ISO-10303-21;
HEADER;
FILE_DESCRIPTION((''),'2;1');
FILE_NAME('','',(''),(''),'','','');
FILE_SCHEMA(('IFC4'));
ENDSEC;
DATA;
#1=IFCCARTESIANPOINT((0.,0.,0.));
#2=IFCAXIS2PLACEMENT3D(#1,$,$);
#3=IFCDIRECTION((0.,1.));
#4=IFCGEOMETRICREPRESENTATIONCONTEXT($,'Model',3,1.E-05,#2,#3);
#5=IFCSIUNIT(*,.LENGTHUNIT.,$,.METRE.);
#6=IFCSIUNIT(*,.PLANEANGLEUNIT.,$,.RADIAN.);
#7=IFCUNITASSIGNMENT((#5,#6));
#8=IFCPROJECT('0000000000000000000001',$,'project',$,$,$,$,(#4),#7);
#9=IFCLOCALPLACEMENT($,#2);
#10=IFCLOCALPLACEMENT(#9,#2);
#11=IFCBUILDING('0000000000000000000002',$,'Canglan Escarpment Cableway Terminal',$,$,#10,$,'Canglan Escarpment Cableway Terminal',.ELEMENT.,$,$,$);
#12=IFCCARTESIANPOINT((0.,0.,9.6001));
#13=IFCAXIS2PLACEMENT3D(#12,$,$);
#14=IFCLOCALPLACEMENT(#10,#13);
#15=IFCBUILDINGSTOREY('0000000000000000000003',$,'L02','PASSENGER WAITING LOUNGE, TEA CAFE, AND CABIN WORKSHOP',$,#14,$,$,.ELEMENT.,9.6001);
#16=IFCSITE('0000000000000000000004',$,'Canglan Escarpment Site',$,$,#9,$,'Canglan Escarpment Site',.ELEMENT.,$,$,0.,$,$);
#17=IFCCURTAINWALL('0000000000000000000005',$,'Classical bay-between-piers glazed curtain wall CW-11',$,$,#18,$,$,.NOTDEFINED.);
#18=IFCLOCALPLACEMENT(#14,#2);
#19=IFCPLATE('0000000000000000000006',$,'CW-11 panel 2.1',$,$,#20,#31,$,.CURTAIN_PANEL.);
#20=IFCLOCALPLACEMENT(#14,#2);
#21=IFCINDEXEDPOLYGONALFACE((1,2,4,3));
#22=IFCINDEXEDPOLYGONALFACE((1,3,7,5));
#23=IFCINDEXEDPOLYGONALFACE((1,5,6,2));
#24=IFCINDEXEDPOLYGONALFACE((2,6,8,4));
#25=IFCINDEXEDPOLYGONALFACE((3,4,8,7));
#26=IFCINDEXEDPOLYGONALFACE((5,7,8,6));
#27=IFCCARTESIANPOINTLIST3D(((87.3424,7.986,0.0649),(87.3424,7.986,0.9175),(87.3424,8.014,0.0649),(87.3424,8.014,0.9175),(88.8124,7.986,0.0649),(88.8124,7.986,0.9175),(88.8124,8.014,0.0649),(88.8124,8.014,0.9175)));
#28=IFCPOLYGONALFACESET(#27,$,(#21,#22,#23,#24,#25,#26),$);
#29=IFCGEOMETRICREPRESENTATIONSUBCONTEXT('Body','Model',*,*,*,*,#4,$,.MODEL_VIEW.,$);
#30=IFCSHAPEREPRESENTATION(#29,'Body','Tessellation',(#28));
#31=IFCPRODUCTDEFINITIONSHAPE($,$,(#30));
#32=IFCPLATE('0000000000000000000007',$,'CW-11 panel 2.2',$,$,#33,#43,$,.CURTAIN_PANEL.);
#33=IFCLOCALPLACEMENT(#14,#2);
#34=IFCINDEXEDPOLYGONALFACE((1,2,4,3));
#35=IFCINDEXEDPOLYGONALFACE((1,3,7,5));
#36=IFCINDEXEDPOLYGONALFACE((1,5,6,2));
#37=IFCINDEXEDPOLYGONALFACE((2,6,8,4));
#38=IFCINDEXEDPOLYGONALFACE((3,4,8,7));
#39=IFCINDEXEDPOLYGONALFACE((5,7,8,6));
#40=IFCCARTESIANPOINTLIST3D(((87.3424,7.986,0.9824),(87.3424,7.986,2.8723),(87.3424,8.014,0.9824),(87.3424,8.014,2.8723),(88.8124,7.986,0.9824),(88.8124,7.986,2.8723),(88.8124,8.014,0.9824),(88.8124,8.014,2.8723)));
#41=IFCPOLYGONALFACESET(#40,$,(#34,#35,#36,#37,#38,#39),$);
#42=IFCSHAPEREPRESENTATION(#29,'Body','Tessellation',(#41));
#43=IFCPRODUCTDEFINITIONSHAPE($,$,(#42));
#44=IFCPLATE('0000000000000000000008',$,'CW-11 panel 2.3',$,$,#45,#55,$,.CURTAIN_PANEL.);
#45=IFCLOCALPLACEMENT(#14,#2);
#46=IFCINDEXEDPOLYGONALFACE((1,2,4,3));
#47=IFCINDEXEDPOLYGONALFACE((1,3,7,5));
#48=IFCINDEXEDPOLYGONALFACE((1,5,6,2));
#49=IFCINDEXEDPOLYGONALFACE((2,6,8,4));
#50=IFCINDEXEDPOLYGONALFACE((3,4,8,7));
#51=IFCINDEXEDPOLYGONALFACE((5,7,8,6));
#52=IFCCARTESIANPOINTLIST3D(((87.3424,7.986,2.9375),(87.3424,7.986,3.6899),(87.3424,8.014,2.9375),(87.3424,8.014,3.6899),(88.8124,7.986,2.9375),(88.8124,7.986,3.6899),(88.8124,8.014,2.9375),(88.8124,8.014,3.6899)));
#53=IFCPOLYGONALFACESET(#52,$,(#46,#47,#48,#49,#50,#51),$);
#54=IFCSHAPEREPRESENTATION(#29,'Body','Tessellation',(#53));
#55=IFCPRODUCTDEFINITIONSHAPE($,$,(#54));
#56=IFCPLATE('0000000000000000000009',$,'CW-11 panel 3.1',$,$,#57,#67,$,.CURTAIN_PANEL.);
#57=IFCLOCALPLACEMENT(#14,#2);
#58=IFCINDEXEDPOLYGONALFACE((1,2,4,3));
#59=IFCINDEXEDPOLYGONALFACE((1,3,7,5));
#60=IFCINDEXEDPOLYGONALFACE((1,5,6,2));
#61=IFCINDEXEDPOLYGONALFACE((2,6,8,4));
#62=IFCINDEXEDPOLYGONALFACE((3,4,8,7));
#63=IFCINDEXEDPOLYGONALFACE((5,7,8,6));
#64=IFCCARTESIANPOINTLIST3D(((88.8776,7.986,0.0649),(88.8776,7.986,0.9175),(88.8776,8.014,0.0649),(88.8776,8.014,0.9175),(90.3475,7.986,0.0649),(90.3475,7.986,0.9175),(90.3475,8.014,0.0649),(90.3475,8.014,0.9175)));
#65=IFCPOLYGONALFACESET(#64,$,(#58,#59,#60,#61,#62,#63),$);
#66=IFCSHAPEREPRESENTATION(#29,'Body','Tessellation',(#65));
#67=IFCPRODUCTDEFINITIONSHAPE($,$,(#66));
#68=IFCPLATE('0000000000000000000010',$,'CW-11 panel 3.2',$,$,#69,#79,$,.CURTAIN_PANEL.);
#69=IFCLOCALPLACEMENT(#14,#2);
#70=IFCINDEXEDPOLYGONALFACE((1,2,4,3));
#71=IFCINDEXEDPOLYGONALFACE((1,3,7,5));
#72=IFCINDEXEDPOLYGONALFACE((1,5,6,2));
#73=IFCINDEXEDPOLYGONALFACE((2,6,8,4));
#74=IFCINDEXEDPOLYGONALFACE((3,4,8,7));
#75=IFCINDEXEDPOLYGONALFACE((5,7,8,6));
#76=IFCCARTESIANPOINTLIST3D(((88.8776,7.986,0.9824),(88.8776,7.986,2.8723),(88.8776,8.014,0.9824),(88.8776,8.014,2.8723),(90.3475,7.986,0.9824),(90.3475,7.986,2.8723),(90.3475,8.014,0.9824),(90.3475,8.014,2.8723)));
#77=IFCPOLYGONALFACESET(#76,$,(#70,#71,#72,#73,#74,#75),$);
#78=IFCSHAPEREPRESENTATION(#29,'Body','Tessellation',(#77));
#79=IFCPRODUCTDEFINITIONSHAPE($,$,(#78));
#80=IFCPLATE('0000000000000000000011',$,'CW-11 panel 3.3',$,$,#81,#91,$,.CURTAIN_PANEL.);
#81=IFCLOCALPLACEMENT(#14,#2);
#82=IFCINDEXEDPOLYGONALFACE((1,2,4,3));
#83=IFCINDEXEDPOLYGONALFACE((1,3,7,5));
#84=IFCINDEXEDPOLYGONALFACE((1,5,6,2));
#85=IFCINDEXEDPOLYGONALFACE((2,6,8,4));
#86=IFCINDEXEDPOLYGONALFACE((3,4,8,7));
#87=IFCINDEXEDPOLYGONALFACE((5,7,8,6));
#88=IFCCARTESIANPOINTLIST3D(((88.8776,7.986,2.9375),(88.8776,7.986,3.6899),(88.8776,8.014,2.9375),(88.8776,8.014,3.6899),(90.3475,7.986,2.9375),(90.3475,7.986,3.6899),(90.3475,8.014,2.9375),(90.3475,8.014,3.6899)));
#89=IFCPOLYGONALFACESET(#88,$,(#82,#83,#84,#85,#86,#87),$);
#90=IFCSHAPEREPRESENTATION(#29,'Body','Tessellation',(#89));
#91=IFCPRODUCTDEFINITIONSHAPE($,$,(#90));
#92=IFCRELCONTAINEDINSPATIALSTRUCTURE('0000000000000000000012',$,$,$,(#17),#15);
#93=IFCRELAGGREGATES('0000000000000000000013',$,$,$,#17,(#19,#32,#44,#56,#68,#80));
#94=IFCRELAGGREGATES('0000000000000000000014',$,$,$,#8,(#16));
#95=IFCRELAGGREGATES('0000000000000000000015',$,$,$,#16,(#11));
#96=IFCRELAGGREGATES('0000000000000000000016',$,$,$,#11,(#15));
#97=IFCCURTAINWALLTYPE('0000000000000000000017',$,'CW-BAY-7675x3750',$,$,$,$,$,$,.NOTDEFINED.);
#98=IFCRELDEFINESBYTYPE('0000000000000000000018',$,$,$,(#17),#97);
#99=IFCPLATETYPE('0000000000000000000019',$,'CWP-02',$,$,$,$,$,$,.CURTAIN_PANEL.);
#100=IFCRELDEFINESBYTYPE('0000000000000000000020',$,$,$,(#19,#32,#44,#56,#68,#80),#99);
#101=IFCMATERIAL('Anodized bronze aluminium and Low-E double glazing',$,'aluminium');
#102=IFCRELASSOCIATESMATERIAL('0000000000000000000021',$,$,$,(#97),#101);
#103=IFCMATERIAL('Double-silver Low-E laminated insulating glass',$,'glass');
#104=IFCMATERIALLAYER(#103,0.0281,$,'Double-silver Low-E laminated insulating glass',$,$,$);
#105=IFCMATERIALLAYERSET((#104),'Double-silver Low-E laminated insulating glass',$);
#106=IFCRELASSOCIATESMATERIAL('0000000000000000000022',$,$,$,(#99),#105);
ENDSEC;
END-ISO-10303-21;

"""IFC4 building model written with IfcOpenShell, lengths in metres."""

from ifc_helpers import new_model, si_unit, direction, frame, origin, origin_2d, place, context, subcontext, project, spatial, rectangle, extrude, material, layer, layer_set, type_object, element, aggregate, save


model = new_model("IFC4")

# Units and contexts
model_context = context("Model", 3, precision=1e-05, world=origin(), true_north=direction((0.0, 1.0)))
body_context = subcontext(model_context, "Body", "Model", "MODEL_VIEW")
ifc_project = project(units=[si_unit("LENGTHUNIT", "METRE"), si_unit("PLANEANGLEUNIT", "RADIAN")], contexts=[model_context])

# Site, building, storey
site_placement = place(None, origin())
site = spatial("IfcSite", under=ifc_project, at=site_placement, Name="Canglan Escarpment Site", LongName="Canglan Escarpment Site", CompositionType="ELEMENT", RefElevation=0.0)
building_placement = place(site_placement, origin())
building = spatial("IfcBuilding", under=site, at=building_placement, Name="Canglan Escarpment Cableway Terminal", LongName="Canglan Escarpment Cableway Terminal", CompositionType="ELEMENT")
storey_placement = place(building_placement, frame((0.0, 0.0, 9.6001)))
storey = spatial("IfcBuildingStorey", under=building, at=storey_placement, Name="L02", Description="PASSENGER WAITING LOUNGE, TEA CAFE, AND CABIN WORKSHOP", CompositionType="ELEMENT", Elevation=9.6001)

# Curtain wall
ifc_material_1 = material(Name="Anodized bronze aluminium and Low-E double glazing", Category="aluminium")
curtain_wall_type = type_object("IfcCurtainWallType", Name="CW-BAY-7675x3750", PredefinedType="NOTDEFINED", material=ifc_material_1)
curtain_wall_placement = place(storey_placement, origin())
curtain_wall = element("IfcCurtainWall", 1, at=curtain_wall_placement, inside=storey, type_object=curtain_wall_type, Name="Classical bay-between-piers glazed curtain wall CW-11", PredefinedType="NOTDEFINED")

# Plates
ifc_material_2 = material(Name="Double-silver Low-E laminated insulating glass", Category="glass")
ifc_layer = layer(ifc_material_2, 0.0281, Name="Double-silver Low-E laminated insulating glass")
ifc_layer_set = layer_set([ifc_layer], Name="Double-silver Low-E laminated insulating glass")
plate_type = type_object("IfcPlateType", Name="CWP-02", PredefinedType="CURTAIN_PANEL", material=ifc_layer_set)
plate_1_placement = place(storey_placement, frame((88.0774, 8.0, 0.0649), z_axis=(0.0, 0.0, 1.0), x_axis=(1.0, 0.0, 0.0)))
plate_1 = element("IfcPlate", 2, at=plate_1_placement, type_object=plate_type, Name="CW-11 panel 2.1", PredefinedType="CURTAIN_PANEL", context=body_context, shape_type="SweptSolid", body=[
    extrude(rectangle(XDim=1.47, YDim=0.0281, at=origin_2d()), origin(), (0.0, 0.0, 1.0), 0.8525),
])
plate_2_placement = place(storey_placement, frame((88.0774, 8.0, 0.9824), z_axis=(0.0, 0.0, 1.0), x_axis=(1.0, 0.0, 0.0)))
plate_2 = element("IfcPlate", 3, at=plate_2_placement, type_object=plate_type, Name="CW-11 panel 2.2", PredefinedType="CURTAIN_PANEL", context=body_context, shape_type="SweptSolid", body=[
    extrude(rectangle(XDim=1.47, YDim=0.0281, at=origin_2d()), origin(), (0.0, 0.0, 1.0), 1.8899),
])
plate_3_placement = place(storey_placement, frame((88.0774, 8.0, 2.9375), z_axis=(0.0, 0.0, 1.0), x_axis=(1.0, 0.0, 0.0)))
plate_3 = element("IfcPlate", 4, at=plate_3_placement, type_object=plate_type, Name="CW-11 panel 2.3", PredefinedType="CURTAIN_PANEL", context=body_context, shape_type="SweptSolid", body=[
    extrude(rectangle(XDim=1.47, YDim=0.0281, at=origin_2d()), origin(), (0.0, 0.0, 1.0), 0.7524),
])
plate_4_placement = place(storey_placement, frame((89.6125, 8.0, 0.0649), z_axis=(0.0, 0.0, 1.0), x_axis=(1.0, 0.0, 0.0)))
plate_4 = element("IfcPlate", 5, at=plate_4_placement, type_object=plate_type, Name="CW-11 panel 3.1", PredefinedType="CURTAIN_PANEL", context=body_context, shape_type="SweptSolid", body=[
    extrude(rectangle(XDim=1.47, YDim=0.0281, at=origin_2d()), origin(), (0.0, 0.0, 1.0), 0.8525),
])
plate_5_placement = place(storey_placement, frame((89.6125, 8.0, 0.9824), z_axis=(0.0, 0.0, 1.0), x_axis=(1.0, 0.0, 0.0)))
plate_5 = element("IfcPlate", 6, at=plate_5_placement, type_object=plate_type, Name="CW-11 panel 3.2", PredefinedType="CURTAIN_PANEL", context=body_context, shape_type="SweptSolid", body=[
    extrude(rectangle(XDim=1.47, YDim=0.0281, at=origin_2d()), origin(), (0.0, 0.0, 1.0), 1.8899),
])
plate_6_placement = place(storey_placement, frame((89.6125, 8.0, 2.9375), z_axis=(0.0, 0.0, 1.0), x_axis=(1.0, 0.0, 0.0)))
plate_6 = element("IfcPlate", 7, at=plate_6_placement, type_object=plate_type, Name="CW-11 panel 3.3", PredefinedType="CURTAIN_PANEL", context=body_context, shape_type="SweptSolid", body=[
    extrude(rectangle(XDim=1.47, YDim=0.0281, at=origin_2d()), origin(), (0.0, 0.0, 1.0), 0.7524),
])
aggregate(curtain_wall, [plate_1, plate_2, plate_3, plate_4, plate_5, plate_6])

save(model, "model.ifc")
